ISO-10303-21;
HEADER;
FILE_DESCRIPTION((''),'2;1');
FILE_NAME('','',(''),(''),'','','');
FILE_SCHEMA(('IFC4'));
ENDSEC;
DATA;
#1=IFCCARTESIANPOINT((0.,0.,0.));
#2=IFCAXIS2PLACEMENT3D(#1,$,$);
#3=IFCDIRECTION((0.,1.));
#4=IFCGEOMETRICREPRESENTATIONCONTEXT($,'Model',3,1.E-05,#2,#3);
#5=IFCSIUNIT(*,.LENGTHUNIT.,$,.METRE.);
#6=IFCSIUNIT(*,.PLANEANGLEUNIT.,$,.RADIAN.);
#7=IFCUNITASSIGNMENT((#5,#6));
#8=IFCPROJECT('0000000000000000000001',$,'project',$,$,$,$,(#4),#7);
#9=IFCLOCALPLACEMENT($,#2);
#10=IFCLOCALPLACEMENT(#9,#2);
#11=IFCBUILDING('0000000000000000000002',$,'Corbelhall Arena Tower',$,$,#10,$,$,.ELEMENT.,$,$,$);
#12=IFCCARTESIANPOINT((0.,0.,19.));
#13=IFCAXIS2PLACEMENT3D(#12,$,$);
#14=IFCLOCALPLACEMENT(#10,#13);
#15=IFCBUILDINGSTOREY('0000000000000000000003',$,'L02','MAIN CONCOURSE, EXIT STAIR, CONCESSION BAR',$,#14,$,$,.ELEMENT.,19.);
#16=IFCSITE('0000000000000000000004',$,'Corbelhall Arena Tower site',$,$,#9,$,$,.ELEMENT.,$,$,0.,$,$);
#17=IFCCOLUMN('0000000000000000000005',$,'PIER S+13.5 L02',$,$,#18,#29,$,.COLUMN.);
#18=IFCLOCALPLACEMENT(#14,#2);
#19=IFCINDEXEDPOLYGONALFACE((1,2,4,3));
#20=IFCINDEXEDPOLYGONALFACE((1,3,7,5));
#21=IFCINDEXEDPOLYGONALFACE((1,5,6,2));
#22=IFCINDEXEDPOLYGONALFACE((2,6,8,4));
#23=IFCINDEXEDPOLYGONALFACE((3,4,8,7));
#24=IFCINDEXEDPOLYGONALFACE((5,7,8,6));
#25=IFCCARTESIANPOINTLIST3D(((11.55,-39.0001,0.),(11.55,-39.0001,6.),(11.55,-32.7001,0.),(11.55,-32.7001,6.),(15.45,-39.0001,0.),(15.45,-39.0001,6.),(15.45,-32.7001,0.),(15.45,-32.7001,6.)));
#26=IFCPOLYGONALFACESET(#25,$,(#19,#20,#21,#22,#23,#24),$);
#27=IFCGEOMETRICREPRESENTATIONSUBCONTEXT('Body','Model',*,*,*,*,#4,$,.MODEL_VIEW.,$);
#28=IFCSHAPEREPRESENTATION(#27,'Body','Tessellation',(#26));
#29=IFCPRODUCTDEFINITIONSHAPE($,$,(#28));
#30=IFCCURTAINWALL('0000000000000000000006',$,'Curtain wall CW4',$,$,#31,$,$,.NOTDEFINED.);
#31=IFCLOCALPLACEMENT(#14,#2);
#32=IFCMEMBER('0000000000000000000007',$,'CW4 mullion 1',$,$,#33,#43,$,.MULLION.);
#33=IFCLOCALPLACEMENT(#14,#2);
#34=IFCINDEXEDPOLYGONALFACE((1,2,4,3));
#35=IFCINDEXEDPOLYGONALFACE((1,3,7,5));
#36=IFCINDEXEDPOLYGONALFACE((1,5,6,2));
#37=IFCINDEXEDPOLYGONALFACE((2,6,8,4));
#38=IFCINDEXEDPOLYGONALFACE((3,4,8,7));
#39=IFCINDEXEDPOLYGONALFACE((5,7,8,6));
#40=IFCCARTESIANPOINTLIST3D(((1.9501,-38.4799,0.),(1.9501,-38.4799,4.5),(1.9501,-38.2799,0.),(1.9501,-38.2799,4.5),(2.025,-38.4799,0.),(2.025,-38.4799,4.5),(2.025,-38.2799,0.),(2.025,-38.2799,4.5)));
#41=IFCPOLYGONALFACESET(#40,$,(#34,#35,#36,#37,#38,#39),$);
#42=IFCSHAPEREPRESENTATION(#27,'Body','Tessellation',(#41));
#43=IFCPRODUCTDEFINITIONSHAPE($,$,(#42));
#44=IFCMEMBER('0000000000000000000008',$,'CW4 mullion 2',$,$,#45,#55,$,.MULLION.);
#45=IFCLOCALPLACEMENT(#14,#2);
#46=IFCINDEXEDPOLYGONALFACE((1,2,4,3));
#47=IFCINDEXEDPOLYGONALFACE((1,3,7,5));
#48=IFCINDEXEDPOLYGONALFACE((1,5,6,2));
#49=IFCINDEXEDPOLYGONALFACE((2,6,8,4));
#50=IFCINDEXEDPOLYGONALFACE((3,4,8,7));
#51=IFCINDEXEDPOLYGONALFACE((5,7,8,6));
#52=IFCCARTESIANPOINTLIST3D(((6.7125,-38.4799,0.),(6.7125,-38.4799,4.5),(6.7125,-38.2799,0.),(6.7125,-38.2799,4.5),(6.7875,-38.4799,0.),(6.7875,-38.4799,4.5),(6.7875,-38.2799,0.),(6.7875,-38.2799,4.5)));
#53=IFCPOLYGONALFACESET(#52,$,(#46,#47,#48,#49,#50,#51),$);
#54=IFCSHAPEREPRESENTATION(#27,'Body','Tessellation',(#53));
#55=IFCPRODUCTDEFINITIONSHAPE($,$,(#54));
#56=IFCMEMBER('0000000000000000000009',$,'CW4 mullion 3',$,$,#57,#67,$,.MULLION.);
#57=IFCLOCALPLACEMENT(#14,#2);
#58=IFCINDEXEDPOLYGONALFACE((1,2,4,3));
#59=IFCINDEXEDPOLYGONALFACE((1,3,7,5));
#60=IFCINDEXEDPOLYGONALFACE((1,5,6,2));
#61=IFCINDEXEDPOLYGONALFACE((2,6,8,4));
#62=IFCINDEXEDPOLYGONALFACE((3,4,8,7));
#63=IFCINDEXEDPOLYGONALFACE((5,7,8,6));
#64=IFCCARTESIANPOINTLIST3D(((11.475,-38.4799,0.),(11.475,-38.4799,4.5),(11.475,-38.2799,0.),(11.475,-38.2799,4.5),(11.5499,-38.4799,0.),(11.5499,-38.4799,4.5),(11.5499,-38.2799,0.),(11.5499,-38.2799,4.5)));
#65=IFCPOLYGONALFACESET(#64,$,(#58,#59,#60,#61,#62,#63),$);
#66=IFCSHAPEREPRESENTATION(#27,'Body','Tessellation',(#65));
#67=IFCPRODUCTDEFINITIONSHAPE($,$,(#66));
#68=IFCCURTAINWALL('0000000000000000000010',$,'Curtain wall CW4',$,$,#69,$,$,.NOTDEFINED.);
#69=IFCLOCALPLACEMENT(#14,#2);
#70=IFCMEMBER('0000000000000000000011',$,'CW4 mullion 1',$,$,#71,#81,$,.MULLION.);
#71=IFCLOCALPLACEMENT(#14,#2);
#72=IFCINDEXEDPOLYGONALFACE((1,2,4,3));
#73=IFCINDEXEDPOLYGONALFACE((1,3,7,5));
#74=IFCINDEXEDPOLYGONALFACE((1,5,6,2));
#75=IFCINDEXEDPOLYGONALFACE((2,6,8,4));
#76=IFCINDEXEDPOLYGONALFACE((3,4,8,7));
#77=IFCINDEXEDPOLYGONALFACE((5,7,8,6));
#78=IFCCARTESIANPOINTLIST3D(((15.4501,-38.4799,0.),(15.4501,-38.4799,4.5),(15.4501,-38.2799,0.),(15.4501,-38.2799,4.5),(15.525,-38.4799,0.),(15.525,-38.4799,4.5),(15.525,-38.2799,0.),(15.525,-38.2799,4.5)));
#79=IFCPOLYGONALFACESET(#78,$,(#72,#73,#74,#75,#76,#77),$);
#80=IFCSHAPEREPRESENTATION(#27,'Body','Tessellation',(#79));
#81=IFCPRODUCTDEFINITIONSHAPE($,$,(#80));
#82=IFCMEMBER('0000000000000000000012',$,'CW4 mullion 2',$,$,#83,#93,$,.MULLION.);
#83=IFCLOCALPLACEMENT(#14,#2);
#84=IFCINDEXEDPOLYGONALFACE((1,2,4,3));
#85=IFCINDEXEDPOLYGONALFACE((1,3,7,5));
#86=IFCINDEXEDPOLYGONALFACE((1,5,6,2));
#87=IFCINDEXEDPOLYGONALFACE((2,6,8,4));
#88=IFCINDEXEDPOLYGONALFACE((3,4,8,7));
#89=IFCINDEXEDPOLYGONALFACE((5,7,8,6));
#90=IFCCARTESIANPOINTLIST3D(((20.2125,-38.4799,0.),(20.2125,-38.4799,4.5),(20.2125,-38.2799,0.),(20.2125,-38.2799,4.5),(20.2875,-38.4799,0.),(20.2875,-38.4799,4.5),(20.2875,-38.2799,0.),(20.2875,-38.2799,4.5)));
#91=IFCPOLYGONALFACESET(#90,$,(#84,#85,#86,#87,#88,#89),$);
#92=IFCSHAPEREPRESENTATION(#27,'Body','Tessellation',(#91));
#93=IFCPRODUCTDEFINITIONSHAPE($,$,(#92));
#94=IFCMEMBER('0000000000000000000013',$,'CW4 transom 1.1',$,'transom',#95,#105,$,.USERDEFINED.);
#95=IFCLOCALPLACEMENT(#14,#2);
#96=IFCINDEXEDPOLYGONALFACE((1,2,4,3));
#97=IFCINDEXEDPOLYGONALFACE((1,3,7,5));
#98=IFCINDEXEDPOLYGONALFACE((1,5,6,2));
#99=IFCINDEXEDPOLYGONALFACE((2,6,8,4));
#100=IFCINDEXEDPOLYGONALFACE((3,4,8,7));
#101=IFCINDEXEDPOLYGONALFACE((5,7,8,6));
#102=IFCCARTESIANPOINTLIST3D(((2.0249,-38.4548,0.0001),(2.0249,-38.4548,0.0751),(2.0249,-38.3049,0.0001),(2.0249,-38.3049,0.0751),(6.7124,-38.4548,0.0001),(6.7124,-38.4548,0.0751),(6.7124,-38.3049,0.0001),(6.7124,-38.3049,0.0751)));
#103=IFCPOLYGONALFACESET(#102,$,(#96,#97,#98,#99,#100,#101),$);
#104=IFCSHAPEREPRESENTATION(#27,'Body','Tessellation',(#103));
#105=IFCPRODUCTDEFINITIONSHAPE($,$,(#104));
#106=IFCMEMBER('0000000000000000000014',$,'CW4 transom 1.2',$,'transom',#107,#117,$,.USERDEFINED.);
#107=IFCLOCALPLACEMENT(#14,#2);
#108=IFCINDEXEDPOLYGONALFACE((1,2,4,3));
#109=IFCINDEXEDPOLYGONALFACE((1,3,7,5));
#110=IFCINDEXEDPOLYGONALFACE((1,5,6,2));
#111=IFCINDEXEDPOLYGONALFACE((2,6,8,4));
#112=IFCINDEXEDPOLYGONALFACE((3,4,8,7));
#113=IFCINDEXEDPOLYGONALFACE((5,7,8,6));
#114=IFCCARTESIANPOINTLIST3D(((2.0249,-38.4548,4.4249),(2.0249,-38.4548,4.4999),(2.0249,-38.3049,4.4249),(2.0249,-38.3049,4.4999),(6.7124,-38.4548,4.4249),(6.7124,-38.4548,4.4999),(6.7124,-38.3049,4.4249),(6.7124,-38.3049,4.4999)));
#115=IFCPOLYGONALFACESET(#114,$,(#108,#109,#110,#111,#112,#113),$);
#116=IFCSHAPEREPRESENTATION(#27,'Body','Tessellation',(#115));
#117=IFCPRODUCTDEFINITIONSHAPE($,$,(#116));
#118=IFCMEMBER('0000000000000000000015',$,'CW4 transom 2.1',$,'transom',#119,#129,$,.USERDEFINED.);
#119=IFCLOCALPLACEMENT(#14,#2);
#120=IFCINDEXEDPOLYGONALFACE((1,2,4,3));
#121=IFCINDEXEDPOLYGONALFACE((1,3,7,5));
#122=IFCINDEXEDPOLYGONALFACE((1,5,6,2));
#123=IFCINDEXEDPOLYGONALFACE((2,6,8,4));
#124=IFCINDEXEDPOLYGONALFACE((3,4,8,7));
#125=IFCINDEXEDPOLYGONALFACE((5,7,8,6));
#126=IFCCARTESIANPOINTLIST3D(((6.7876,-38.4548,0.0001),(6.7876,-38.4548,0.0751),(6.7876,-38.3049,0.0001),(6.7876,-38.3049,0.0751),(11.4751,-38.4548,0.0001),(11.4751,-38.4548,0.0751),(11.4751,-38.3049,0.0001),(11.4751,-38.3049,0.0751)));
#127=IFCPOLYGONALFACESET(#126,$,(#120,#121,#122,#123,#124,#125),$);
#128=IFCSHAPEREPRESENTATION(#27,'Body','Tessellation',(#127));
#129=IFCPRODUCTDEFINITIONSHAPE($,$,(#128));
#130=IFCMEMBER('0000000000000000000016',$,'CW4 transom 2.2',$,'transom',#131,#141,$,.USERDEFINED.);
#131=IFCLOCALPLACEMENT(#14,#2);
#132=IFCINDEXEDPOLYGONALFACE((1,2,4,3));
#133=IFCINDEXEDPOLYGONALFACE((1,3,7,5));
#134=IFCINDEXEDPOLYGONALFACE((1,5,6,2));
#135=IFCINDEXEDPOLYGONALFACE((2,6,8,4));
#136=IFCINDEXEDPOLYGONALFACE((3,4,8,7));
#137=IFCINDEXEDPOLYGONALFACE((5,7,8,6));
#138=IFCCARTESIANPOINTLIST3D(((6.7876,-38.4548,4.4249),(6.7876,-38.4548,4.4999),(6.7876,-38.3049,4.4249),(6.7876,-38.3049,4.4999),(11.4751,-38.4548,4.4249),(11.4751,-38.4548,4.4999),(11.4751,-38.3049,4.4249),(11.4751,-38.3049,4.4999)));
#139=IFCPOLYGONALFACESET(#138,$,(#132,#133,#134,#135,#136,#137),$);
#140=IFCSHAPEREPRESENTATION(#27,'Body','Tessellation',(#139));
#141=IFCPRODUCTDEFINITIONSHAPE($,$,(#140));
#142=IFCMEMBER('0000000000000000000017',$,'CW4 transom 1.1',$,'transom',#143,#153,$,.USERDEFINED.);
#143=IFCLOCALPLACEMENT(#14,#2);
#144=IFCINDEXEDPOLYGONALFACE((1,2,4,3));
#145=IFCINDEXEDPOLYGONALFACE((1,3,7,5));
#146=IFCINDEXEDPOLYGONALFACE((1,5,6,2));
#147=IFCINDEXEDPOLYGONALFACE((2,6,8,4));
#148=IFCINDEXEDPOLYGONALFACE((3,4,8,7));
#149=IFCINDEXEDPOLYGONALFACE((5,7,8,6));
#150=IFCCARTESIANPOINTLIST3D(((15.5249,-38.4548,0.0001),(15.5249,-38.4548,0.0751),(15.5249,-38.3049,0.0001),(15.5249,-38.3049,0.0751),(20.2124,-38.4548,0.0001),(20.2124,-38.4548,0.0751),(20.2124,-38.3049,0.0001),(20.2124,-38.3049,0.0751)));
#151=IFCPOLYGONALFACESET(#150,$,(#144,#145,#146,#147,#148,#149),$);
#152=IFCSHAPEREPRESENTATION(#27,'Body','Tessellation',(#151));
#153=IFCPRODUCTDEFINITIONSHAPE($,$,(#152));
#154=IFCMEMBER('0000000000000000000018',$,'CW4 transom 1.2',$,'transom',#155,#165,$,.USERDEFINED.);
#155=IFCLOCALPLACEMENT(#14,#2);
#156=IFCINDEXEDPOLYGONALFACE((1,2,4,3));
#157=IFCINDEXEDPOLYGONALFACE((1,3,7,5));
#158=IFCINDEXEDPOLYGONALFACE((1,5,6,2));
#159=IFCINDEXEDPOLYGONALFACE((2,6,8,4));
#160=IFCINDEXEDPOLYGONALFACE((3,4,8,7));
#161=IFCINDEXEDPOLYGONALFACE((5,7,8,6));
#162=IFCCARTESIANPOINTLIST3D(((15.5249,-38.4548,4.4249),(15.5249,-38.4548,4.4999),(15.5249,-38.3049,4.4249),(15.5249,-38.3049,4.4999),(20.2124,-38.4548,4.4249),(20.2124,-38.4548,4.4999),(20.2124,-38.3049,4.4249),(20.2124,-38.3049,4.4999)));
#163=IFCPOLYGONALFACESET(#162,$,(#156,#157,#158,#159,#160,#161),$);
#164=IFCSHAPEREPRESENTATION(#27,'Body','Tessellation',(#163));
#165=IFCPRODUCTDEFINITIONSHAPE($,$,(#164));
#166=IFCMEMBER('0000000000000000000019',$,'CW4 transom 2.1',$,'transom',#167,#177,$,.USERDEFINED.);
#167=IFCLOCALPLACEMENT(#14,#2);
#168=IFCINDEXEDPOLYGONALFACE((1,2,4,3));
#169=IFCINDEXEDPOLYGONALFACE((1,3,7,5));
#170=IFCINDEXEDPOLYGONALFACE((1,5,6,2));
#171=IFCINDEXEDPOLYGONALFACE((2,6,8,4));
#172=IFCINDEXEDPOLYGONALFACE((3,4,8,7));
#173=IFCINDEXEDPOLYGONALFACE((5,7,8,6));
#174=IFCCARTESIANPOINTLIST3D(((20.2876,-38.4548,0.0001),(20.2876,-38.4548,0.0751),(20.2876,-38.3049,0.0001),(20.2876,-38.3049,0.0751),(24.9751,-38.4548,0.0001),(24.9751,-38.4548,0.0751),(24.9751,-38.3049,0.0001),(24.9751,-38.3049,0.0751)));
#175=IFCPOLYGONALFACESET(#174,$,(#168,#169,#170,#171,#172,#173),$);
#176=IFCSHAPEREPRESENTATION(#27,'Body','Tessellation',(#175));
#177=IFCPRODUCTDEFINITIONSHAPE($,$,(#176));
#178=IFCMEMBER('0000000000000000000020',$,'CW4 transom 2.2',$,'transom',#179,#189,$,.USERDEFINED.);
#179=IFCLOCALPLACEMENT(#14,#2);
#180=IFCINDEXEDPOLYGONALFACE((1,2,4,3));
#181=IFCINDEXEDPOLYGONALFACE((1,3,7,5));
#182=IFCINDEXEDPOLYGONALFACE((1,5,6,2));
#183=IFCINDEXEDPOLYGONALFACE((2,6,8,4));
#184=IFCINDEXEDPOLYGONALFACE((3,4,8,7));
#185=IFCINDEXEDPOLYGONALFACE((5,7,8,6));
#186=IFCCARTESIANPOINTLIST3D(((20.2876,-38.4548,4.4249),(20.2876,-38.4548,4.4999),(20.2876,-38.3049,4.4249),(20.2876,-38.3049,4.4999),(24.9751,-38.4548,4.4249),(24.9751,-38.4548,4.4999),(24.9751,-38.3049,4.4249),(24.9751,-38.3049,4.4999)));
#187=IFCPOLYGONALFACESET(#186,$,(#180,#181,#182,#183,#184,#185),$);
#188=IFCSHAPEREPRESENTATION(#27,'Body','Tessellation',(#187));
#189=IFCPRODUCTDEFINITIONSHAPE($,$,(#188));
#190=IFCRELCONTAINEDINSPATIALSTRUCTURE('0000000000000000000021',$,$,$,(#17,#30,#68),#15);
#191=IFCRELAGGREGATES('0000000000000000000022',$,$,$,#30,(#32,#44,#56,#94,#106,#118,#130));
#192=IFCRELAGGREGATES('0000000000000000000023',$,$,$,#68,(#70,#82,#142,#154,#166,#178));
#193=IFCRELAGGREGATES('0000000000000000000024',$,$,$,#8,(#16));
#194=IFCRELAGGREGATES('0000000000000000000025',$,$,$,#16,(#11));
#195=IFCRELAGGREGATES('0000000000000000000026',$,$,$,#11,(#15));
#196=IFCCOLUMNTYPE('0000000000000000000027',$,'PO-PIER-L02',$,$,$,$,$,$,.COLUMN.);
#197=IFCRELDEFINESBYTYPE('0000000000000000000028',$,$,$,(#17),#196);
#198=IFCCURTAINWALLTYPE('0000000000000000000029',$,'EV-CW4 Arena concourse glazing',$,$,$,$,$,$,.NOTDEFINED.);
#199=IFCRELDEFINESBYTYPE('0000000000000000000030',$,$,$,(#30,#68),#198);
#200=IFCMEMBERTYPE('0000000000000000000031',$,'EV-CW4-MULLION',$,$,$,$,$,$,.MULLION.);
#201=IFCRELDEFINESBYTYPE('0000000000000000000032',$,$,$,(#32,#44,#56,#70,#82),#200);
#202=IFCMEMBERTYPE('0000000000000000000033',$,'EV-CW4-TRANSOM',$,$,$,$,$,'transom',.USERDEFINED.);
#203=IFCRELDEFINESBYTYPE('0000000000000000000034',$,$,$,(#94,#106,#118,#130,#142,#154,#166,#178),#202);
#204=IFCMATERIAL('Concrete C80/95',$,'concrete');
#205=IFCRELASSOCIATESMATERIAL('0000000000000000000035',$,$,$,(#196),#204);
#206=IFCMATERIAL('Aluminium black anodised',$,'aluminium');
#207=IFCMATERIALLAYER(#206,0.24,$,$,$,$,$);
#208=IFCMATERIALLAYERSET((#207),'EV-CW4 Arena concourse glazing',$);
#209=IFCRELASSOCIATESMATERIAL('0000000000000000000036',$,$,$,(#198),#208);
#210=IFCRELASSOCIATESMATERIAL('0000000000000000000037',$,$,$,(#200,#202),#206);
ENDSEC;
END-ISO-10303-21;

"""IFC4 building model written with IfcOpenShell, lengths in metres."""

from ifc_helpers import new_model, si_unit, direction, frame, origin, origin_2d, place, context, subcontext, project, spatial, rectangle, extrude, material, layer, layer_set, material_profile, profile_set, type_object, element, aggregate, save


model = new_model("IFC4")

# Units and contexts
model_context = context("Model", 3, precision=1e-05, world=origin(), true_north=direction((0.0, 1.0)))
body_context = subcontext(model_context, "Body", "Model", "MODEL_VIEW")
ifc_project = project(units=[si_unit("LENGTHUNIT", "METRE"), si_unit("PLANEANGLEUNIT", "RADIAN")], contexts=[model_context])

# Site, building, storey
site_placement = place(None, origin())
site = spatial("IfcSite", under=ifc_project, at=site_placement, Name="Corbelhall Arena Tower site", CompositionType="ELEMENT", RefElevation=0.0)
building_placement = place(site_placement, origin())
building = spatial("IfcBuilding", under=site, at=building_placement, Name="Corbelhall Arena Tower", CompositionType="ELEMENT")
storey_placement = place(building_placement, frame((0.0, 0.0, 19.0)))
storey = spatial("IfcBuildingStorey", under=building, at=storey_placement, Name="L02", Description="MAIN CONCOURSE, EXIT STAIR, CONCESSION BAR", CompositionType="ELEMENT", Elevation=19.0)

# Column
ifc_material_1 = material(Name="Concrete C80/95", Category="concrete")
ifc_material_profile_1 = material_profile(ifc_material_1, rectangle(XDim=3.8999, YDim=6.3, at=origin_2d()))
ifc_profile_set_1 = profile_set([ifc_material_profile_1], Name="Concrete C80/95")
column_type = type_object("IfcColumnType", Name="PO-PIER-L02", PredefinedType="COLUMN", material=ifc_profile_set_1)
column_placement = place(storey_placement, frame((13.5, -35.8501, 0.0), z_axis=(0.0, 0.0, 1.0), x_axis=(1.0, 0.0, 0.0)))
element("IfcColumn", 1, at=column_placement, inside=storey, type_object=column_type, Name="PIER S+13.5 L02", PredefinedType="COLUMN", context=body_context, shape_type="SweptSolid", body=[
    extrude(rectangle(XDim=3.8999, YDim=6.3, at=origin_2d()), origin(), (0.0, 0.0, 1.0), 6.0),
])

# Curtain walls, members
ifc_material_2 = material(Name="Aluminium black anodised", Category="aluminium")
ifc_layer_1 = layer(ifc_material_2, 0.24)
ifc_layer_set_1 = layer_set([ifc_layer_1], Name="EV-CW4 Arena concourse glazing")
curtain_wall_type = type_object("IfcCurtainWallType", Name="EV-CW4 Arena concourse glazing", PredefinedType="NOTDEFINED", material=ifc_layer_set_1)
curtain_wall_1_placement = place(storey_placement, origin())
curtain_wall_1 = element("IfcCurtainWall", 2, at=curtain_wall_1_placement, inside=storey, type_object=curtain_wall_type, Name="Curtain wall CW4", PredefinedType="NOTDEFINED")
ifc_material_profile_2 = material_profile(ifc_material_2, rectangle(XDim=0.2, YDim=0.075, at=origin_2d()))
ifc_profile_set_2 = profile_set([ifc_material_profile_2], Name="Aluminium black anodised")
member_type_1 = type_object("IfcMemberType", Name="EV-CW4-MULLION", PredefinedType="MULLION", material=ifc_profile_set_2)
member_1_placement = place(storey_placement, frame((1.9875, -38.3799, 0.0), z_axis=(0.0, 0.0, 1.0), x_axis=(0.0, 1.0, 0.0)))
member_1 = element("IfcMember", 3, at=member_1_placement, type_object=member_type_1, Name="CW4 mullion 1", PredefinedType="MULLION", context=body_context, shape_type="SweptSolid", body=[
    extrude(rectangle(XDim=0.2, YDim=0.075, at=origin_2d()), origin(), (0.0, 0.0, 1.0), 4.5),
])
member_2_placement = place(storey_placement, frame((6.75, -38.3799, 0.0), z_axis=(0.0, 0.0, 1.0), x_axis=(0.0, 1.0, 0.0)))
member_2 = element("IfcMember", 4, at=member_2_placement, type_object=member_type_1, Name="CW4 mullion 2", PredefinedType="MULLION", context=body_context, shape_type="SweptSolid", body=[
    extrude(rectangle(XDim=0.2, YDim=0.075, at=origin_2d()), origin(), (0.0, 0.0, 1.0), 4.5),
])
member_3_placement = place(storey_placement, frame((11.5125, -38.3799, 0.0), z_axis=(0.0, 0.0, 1.0), x_axis=(0.0, 1.0, 0.0)))
member_3 = element("IfcMember", 5, at=member_3_placement, type_object=member_type_1, Name="CW4 mullion 3", PredefinedType="MULLION", context=body_context, shape_type="SweptSolid", body=[
    extrude(rectangle(XDim=0.2, YDim=0.075, at=origin_2d()), origin(), (0.0, 0.0, 1.0), 4.5),
])
curtain_wall_2_placement = place(storey_placement, origin())
curtain_wall_2 = element("IfcCurtainWall", 6, at=curtain_wall_2_placement, inside=storey, type_object=curtain_wall_type, Name="Curtain wall CW4", PredefinedType="NOTDEFINED")
member_4_placement = place(storey_placement, frame((15.4875, -38.3799, 0.0), z_axis=(0.0, 0.0, 1.0), x_axis=(0.0, 1.0, 0.0)))
member_4 = element("IfcMember", 7, at=member_4_placement, type_object=member_type_1, Name="CW4 mullion 1", PredefinedType="MULLION", context=body_context, shape_type="SweptSolid", body=[
    extrude(rectangle(XDim=0.2, YDim=0.075, at=origin_2d()), origin(), (0.0, 0.0, 1.0), 4.5),
])
member_5_placement = place(storey_placement, frame((20.25, -38.3799, 0.0), z_axis=(0.0, 0.0, 1.0), x_axis=(0.0, 1.0, 0.0)))
member_5 = element("IfcMember", 8, at=member_5_placement, type_object=member_type_1, Name="CW4 mullion 2", PredefinedType="MULLION", context=body_context, shape_type="SweptSolid", body=[
    extrude(rectangle(XDim=0.2, YDim=0.075, at=origin_2d()), origin(), (0.0, 0.0, 1.0), 4.5),
])

# Members
ifc_material_profile_3 = material_profile(ifc_material_2, rectangle(XDim=0.1499, YDim=0.075, at=origin_2d()))
ifc_profile_set_3 = profile_set([ifc_material_profile_3], Name="Aluminium black anodised")
member_type_2 = type_object("IfcMemberType", Name="EV-CW4-TRANSOM", ElementType="transom", PredefinedType="USERDEFINED", material=ifc_profile_set_3)
member_6_placement = place(storey_placement, frame((2.0249, -38.3799, 0.0376), z_axis=(1.0, 0.0, 0.0), x_axis=(0.0, 1.0, 0.0)))
member_6 = element("IfcMember", 9, at=member_6_placement, type_object=member_type_2, Name="CW4 transom 1.1", ObjectType="transom", PredefinedType="USERDEFINED", context=body_context, shape_type="SweptSolid", body=[
    extrude(rectangle(XDim=0.1499, YDim=0.075, at=origin_2d()), origin(), (0.0, 0.0, 1.0), 4.6875),
])
member_7_placement = place(storey_placement, frame((2.0249, -38.3799, 4.4624), z_axis=(1.0, 0.0, 0.0), x_axis=(0.0, 1.0, 0.0)))
member_7 = element("IfcMember", 10, at=member_7_placement, type_object=member_type_2, Name="CW4 transom 1.2", ObjectType="transom", PredefinedType="USERDEFINED", context=body_context, shape_type="SweptSolid", body=[
    extrude(rectangle(XDim=0.1499, YDim=0.075, at=origin_2d()), origin(), (0.0, 0.0, 1.0), 4.6875),
])
member_8_placement = place(storey_placement, frame((6.7876, -38.3799, 0.0376), z_axis=(1.0, 0.0, 0.0), x_axis=(0.0, 1.0, 0.0)))
member_8 = element("IfcMember", 11, at=member_8_placement, type_object=member_type_2, Name="CW4 transom 2.1", ObjectType="transom", PredefinedType="USERDEFINED", context=body_context, shape_type="SweptSolid", body=[
    extrude(rectangle(XDim=0.1499, YDim=0.075, at=origin_2d()), origin(), (0.0, 0.0, 1.0), 4.6875),
])
member_9_placement = place(storey_placement, frame((6.7876, -38.3799, 4.4624), z_axis=(1.0, 0.0, 0.0), x_axis=(0.0, 1.0, 0.0)))
member_9 = element("IfcMember", 12, at=member_9_placement, type_object=member_type_2, Name="CW4 transom 2.2", ObjectType="transom", PredefinedType="USERDEFINED", context=body_context, shape_type="SweptSolid", body=[
    extrude(rectangle(XDim=0.1499, YDim=0.075, at=origin_2d()), origin(), (0.0, 0.0, 1.0), 4.6875),
])
member_10_placement = place(storey_placement, frame((15.5249, -38.3799, 0.0376), z_axis=(1.0, 0.0, 0.0), x_axis=(0.0, 1.0, 0.0)))
member_10 = element("IfcMember", 13, at=member_10_placement, type_object=member_type_2, Name="CW4 transom 1.1", ObjectType="transom", PredefinedType="USERDEFINED", context=body_context, shape_type="SweptSolid", body=[
    extrude(rectangle(XDim=0.1499, YDim=0.075, at=origin_2d()), origin(), (0.0, 0.0, 1.0), 4.6875),
])
member_11_placement = place(storey_placement, frame((15.5249, -38.3799, 4.4624), z_axis=(1.0, 0.0, 0.0), x_axis=(0.0, 1.0, 0.0)))
member_11 = element("IfcMember", 14, at=member_11_placement, type_object=member_type_2, Name="CW4 transom 1.2", ObjectType="transom", PredefinedType="USERDEFINED", context=body_context, shape_type="SweptSolid", body=[
    extrude(rectangle(XDim=0.1499, YDim=0.075, at=origin_2d()), origin(), (0.0, 0.0, 1.0), 4.6875),
])
member_12_placement = place(storey_placement, frame((20.2876, -38.3799, 0.0376), z_axis=(1.0, 0.0, 0.0), x_axis=(0.0, 1.0, 0.0)))
member_12 = element("IfcMember", 15, at=member_12_placement, type_object=member_type_2, Name="CW4 transom 2.1", ObjectType="transom", PredefinedType="USERDEFINED", context=body_context, shape_type="SweptSolid", body=[
    extrude(rectangle(XDim=0.1499, YDim=0.075, at=origin_2d()), origin(), (0.0, 0.0, 1.0), 4.6875),
])
member_13_placement = place(storey_placement, frame((20.2876, -38.3799, 4.4624), z_axis=(1.0, 0.0, 0.0), x_axis=(0.0, 1.0, 0.0)))
member_13 = element("IfcMember", 16, at=member_13_placement, type_object=member_type_2, Name="CW4 transom 2.2", ObjectType="transom", PredefinedType="USERDEFINED", context=body_context, shape_type="SweptSolid", body=[
    extrude(rectangle(XDim=0.1499, YDim=0.075, at=origin_2d()), origin(), (0.0, 0.0, 1.0), 4.6875),
])

aggregate(curtain_wall_1, [member_1, member_2, member_3, member_6, member_7, member_8, member_9])
aggregate(curtain_wall_2, [member_4, member_5, member_10, member_11, member_12, member_13])

save(model, "model.ifc")
